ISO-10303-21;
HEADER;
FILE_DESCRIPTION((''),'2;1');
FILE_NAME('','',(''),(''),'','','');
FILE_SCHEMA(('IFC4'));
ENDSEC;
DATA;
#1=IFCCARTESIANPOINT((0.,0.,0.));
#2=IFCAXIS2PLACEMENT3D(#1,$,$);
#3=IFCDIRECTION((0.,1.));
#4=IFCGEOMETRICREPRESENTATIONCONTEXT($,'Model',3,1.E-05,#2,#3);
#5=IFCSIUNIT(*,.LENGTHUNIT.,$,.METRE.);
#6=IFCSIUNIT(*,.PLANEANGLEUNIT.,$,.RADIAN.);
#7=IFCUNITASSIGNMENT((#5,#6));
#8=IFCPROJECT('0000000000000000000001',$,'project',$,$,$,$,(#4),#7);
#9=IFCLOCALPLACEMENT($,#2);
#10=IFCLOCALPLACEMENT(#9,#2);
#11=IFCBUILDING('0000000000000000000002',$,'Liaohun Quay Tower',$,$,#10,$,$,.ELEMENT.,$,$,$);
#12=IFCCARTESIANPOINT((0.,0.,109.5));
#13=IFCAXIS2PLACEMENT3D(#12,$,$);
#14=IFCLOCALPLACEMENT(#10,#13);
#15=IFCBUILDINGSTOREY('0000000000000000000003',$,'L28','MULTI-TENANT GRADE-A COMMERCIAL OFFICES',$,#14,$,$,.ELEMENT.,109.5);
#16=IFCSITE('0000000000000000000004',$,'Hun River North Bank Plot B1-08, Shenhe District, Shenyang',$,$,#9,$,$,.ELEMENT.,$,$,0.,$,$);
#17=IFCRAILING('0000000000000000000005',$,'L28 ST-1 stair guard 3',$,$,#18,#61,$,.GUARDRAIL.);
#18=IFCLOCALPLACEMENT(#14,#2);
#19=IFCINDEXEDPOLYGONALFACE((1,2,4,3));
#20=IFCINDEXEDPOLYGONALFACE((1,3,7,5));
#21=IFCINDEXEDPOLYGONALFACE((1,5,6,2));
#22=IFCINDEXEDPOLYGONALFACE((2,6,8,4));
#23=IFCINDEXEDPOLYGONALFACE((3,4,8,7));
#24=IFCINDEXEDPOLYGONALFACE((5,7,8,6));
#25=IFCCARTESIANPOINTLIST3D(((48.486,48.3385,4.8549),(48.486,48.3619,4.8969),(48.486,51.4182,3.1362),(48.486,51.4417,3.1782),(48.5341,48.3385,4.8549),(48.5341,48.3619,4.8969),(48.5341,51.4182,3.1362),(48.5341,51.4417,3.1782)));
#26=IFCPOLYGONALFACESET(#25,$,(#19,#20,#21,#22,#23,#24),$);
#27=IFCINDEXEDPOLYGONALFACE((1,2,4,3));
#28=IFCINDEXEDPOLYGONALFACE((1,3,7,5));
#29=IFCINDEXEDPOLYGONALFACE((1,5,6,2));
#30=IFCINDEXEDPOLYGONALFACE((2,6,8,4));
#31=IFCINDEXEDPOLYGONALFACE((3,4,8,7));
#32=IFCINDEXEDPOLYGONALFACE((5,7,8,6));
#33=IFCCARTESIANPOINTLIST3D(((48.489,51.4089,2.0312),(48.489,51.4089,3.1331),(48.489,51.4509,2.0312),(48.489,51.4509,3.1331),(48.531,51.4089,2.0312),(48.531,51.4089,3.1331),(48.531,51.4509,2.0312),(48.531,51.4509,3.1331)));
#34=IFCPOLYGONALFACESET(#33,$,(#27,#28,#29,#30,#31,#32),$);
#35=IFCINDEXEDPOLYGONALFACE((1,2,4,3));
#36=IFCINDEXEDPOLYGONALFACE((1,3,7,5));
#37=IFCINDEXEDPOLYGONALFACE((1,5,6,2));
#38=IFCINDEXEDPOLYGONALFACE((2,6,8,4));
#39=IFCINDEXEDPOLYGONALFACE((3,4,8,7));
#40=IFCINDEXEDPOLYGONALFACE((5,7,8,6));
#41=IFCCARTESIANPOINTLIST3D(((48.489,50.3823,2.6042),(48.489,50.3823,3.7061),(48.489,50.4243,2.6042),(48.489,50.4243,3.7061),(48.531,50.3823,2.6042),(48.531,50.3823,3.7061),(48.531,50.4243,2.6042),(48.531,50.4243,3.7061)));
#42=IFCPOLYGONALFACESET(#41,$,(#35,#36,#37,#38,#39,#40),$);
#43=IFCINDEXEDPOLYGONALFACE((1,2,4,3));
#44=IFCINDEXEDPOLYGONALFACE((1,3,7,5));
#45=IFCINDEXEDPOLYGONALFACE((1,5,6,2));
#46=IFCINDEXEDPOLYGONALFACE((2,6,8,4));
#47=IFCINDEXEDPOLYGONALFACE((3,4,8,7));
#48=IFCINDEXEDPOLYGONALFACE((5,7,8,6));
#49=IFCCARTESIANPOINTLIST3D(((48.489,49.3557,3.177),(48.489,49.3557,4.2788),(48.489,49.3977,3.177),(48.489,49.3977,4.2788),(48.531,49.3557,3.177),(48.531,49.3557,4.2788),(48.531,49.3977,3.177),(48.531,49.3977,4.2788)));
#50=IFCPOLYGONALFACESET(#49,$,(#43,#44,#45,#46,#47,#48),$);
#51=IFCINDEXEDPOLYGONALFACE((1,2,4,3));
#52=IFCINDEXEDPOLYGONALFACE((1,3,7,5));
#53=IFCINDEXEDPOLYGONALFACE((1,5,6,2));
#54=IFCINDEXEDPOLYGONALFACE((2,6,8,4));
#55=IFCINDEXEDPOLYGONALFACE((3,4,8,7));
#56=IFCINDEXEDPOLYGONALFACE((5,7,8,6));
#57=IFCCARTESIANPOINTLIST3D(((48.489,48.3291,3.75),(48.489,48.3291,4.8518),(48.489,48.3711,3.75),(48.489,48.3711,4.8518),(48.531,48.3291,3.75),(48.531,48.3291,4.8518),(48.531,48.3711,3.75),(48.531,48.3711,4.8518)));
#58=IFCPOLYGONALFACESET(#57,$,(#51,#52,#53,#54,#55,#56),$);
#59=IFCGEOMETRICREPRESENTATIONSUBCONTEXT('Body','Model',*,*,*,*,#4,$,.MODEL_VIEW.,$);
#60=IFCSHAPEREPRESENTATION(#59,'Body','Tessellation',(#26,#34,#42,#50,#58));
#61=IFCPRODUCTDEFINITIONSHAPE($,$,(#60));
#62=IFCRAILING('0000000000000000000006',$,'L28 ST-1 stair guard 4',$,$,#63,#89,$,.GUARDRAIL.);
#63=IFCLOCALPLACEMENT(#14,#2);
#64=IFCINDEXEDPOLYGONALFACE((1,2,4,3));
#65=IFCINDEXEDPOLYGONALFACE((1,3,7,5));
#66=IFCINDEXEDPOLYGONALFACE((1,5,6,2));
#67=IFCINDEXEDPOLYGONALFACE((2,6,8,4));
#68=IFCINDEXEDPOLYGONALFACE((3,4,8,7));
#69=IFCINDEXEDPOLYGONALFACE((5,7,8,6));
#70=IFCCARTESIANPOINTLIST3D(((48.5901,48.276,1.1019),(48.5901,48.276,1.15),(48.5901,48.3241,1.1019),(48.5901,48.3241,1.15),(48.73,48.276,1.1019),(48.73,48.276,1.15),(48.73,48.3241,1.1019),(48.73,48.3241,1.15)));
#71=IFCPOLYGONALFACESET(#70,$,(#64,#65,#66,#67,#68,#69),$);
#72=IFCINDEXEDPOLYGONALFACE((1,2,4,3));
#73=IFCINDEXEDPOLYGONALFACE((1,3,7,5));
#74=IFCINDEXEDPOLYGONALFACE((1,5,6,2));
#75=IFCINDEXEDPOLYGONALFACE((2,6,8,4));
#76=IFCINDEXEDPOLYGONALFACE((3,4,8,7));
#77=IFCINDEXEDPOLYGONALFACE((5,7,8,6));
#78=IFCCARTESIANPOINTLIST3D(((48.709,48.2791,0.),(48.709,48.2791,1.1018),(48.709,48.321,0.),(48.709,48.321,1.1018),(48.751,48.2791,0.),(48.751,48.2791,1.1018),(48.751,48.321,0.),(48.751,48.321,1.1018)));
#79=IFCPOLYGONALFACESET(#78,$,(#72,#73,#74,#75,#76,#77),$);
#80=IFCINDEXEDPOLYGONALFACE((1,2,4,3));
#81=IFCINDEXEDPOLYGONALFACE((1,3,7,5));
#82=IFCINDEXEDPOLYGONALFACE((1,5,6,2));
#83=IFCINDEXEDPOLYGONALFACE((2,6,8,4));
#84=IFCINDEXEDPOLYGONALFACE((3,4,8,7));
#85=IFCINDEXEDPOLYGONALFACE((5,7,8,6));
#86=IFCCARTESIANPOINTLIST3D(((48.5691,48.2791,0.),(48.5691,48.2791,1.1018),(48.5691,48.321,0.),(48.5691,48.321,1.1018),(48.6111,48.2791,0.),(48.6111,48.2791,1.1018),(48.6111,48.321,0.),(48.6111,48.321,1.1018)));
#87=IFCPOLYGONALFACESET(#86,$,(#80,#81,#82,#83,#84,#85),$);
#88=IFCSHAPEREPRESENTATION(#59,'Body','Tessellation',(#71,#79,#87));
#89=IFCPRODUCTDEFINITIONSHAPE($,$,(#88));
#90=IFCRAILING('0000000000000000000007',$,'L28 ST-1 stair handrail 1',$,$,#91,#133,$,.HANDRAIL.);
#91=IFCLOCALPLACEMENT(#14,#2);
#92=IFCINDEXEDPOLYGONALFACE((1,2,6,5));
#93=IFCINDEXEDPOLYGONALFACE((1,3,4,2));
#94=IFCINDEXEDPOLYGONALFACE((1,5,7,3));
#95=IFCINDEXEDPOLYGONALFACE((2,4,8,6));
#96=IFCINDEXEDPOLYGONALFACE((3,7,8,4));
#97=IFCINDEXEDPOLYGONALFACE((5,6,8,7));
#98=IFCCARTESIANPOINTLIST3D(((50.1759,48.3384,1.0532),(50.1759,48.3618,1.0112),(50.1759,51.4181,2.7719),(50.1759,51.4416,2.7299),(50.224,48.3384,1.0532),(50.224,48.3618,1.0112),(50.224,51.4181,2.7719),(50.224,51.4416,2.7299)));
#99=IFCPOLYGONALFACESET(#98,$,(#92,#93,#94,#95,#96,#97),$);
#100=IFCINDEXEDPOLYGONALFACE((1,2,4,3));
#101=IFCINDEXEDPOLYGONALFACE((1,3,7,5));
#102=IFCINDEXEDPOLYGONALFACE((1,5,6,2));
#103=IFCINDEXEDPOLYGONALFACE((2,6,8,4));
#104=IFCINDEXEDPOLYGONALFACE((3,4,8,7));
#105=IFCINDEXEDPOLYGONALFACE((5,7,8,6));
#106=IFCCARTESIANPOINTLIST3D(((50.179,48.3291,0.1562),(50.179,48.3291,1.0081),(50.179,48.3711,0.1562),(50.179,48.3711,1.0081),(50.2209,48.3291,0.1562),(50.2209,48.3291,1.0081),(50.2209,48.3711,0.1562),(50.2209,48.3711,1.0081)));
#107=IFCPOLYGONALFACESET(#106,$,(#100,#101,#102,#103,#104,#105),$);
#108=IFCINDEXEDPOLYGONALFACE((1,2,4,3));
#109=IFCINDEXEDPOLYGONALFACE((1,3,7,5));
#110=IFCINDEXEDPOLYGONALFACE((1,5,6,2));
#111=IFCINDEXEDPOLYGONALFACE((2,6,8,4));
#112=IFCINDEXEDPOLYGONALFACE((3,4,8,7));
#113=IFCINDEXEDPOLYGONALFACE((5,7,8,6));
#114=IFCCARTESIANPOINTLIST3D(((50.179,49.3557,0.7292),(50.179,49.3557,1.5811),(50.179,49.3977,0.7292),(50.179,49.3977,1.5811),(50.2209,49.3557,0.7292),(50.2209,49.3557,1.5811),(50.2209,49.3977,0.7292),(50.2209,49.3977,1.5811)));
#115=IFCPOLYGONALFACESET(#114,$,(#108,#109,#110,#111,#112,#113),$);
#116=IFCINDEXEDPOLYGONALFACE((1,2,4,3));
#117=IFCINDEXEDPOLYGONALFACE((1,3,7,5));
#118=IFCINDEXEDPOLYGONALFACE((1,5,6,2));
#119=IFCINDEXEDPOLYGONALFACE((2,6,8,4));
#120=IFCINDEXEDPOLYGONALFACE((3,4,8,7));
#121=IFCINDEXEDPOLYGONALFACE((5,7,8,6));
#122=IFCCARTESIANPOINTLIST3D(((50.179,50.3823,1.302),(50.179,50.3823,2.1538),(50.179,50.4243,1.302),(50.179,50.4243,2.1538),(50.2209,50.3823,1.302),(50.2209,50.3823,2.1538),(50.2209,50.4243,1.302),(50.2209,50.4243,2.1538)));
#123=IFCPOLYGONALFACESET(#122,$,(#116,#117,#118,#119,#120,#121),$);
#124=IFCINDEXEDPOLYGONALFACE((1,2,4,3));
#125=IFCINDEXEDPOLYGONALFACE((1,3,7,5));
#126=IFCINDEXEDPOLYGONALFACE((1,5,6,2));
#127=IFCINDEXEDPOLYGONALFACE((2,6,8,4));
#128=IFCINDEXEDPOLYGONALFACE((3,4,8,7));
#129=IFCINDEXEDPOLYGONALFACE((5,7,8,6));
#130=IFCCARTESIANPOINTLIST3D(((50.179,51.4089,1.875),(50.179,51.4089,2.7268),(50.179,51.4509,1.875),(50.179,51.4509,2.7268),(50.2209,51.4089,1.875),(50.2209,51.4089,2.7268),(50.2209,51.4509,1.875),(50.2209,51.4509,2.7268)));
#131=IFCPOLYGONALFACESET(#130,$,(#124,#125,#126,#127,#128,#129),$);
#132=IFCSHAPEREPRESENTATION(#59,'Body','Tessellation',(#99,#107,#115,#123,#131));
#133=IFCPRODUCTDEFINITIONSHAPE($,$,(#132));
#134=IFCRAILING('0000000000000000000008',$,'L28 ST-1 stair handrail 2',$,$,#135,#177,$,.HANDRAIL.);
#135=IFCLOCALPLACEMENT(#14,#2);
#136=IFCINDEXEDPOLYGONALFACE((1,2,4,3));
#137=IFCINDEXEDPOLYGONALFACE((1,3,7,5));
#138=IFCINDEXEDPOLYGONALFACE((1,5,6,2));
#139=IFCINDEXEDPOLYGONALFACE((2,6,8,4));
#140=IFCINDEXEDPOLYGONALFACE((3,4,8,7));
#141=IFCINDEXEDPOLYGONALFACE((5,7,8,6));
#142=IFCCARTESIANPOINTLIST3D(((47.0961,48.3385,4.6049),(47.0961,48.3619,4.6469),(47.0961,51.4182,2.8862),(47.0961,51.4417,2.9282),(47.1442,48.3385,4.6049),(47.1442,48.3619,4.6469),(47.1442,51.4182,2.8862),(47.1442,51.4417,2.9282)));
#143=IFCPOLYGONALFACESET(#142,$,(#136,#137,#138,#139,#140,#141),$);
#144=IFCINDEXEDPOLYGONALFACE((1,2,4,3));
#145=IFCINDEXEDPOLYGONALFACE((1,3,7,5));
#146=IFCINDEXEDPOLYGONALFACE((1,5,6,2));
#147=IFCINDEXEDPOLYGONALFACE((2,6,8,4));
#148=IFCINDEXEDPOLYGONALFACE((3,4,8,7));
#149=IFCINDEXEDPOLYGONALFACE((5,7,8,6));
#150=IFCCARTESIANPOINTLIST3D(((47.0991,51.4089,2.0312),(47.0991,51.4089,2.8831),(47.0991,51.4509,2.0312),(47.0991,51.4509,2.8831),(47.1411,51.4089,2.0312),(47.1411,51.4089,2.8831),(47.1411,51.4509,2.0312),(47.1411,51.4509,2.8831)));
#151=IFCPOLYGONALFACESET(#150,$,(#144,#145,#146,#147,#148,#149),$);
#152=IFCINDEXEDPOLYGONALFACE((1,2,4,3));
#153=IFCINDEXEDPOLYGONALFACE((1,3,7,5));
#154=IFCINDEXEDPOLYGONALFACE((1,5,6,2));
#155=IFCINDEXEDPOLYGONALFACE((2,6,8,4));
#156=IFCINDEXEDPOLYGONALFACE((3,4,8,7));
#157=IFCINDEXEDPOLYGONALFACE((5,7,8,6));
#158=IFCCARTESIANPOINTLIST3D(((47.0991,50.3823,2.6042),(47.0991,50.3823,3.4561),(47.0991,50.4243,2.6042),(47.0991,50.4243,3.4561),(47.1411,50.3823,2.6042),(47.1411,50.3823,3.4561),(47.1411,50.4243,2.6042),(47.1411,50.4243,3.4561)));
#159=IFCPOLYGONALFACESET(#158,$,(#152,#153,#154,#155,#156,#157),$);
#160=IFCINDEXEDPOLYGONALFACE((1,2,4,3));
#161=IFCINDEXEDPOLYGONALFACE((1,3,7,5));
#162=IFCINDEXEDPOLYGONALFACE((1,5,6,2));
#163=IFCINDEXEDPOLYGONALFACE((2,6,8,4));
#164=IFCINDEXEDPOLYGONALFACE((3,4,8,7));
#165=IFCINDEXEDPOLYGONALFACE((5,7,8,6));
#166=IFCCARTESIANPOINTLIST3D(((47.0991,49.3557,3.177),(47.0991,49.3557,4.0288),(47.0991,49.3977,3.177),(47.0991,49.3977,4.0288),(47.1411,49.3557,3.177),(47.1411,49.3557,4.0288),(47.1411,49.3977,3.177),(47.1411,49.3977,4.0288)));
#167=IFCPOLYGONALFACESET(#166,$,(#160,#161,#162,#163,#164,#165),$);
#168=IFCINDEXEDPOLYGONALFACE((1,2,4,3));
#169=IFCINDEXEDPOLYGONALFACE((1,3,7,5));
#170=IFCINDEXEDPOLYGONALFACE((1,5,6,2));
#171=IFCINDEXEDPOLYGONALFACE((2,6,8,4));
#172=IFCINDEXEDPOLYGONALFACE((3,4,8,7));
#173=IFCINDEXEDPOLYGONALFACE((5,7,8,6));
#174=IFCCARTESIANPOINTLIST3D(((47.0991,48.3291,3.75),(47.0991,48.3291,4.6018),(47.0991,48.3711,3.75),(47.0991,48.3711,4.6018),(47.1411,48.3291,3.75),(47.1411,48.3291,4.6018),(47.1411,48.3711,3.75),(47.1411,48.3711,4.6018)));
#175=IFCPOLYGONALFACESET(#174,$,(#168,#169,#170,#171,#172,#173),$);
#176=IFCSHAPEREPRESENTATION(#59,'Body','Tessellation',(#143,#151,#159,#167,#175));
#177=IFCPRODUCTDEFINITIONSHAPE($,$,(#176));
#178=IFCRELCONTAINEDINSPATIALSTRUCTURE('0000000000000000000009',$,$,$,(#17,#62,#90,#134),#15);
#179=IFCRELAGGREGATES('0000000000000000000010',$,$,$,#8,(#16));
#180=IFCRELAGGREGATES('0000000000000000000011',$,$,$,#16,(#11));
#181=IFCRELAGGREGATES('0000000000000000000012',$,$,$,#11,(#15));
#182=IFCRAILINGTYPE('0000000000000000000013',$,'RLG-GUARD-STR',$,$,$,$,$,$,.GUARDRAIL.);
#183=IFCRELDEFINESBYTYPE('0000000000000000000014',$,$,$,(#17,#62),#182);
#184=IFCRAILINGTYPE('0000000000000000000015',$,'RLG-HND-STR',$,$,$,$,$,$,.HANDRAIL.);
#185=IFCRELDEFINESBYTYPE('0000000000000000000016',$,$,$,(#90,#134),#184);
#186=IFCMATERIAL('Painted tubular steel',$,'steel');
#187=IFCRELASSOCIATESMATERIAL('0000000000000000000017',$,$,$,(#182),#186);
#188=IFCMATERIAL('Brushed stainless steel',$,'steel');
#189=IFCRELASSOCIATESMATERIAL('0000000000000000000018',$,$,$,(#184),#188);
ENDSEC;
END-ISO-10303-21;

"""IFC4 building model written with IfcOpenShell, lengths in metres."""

from ifc_helpers import new_model, si_unit, direction, frame, origin, origin_2d, place, context, subcontext, project, spatial, rectangle, extrude, material, type_object, element, save


model = new_model("IFC4")

# Units and contexts
model_context = context("Model", 3, precision=1e-05, world=origin(), true_north=direction((0.0, 1.0)))
body_context = subcontext(model_context, "Body", "Model", "MODEL_VIEW")
ifc_project = project(units=[si_unit("LENGTHUNIT", "METRE"), si_unit("PLANEANGLEUNIT", "RADIAN")], contexts=[model_context])

# Site, building, storey
site_placement = place(None, origin())
site = spatial("IfcSite", under=ifc_project, at=site_placement, Name="Hun River North Bank Plot B1-08, Shenhe District, Shenyang", CompositionType="ELEMENT", RefElevation=0.0)
building_placement = place(site_placement, origin())
building = spatial("IfcBuilding", under=site, at=building_placement, Name="Liaohun Quay Tower", CompositionType="ELEMENT")
storey_placement = place(building_placement, frame((0.0, 0.0, 109.5)))
storey = spatial("IfcBuildingStorey", under=building, at=storey_placement, Name="L28", Description="MULTI-TENANT GRADE-A COMMERCIAL OFFICES", CompositionType="ELEMENT", Elevation=109.5)

# Railings
ifc_material_1 = material(Name="Painted tubular steel", Category="steel")
railing_type_1 = type_object("IfcRailingType", Name="RLG-GUARD-STR", PredefinedType="GUARDRAIL", material=ifc_material_1)
railing_1_placement = place(storey_placement, frame((48.51, 51.4299, 2.0312)))
element("IfcRailing", 1, at=railing_1_placement, inside=storey, type_object=railing_type_1, Name="L28 ST-1 stair guard 3", PredefinedType="GUARDRAIL", context=body_context, shape_type="SweptSolid", body=[
    extrude(rectangle(XDim=0.0481, YDim=0.0481, at=origin_2d()), frame((0.0, 0.0, 1.126), z_axis=(0.0, -0.873225, 0.487317), x_axis=(1.0, 0.0, 0.0)), (0.0, 0.0, 1.0), 3.5269),
    extrude(rectangle(XDim=0.042, YDim=0.042, at=origin_2d()), origin(), (0.0, 0.0, 1.0), 1.1018),
    extrude(rectangle(XDim=0.042, YDim=0.042, at=origin_2d()), frame((0.0, -1.0266, 0.573)), (0.0, 0.0, 1.0), 1.1018),
    extrude(rectangle(XDim=0.042, YDim=0.042, at=origin_2d()), frame((0.0, -2.0532, 1.1458)), (0.0, 0.0, 1.0), 1.1018),
    extrude(rectangle(XDim=0.042, YDim=0.042, at=origin_2d()), frame((0.0, -3.0798, 1.7188)), (0.0, 0.0, 1.0), 1.1018),
])
railing_2_placement = place(storey_placement, frame((48.73, 48.3, 0.0)))
element("IfcRailing", 2, at=railing_2_placement, inside=storey, type_object=railing_type_1, Name="L28 ST-1 stair guard 4", PredefinedType="GUARDRAIL", context=body_context, shape_type="SweptSolid", body=[
    extrude(rectangle(XDim=0.0481, YDim=0.0481, at=origin_2d()), frame((0.0, 0.0, 1.126), z_axis=(-1.0, 0.0, 0.0), x_axis=(0.0, -1.0, 0.0)), (0.0, 0.0, 1.0), 0.1399),
    extrude(rectangle(XDim=0.042, YDim=0.042, at=origin_2d()), origin(), (0.0, 0.0, 1.0), 1.1018),
    extrude(rectangle(XDim=0.042, YDim=0.042, at=origin_2d()), frame((-0.1399, 0.0, 0.0)), (0.0, 0.0, 1.0), 1.1018),
])
ifc_material_2 = material(Name="Brushed stainless steel", Category="steel")
railing_type_2 = type_object("IfcRailingType", Name="RLG-HND-STR", PredefinedType="HANDRAIL", material=ifc_material_2)
railing_3_placement = place(storey_placement, frame((50.2, 48.3501, 0.1562)))
element("IfcRailing", 3, at=railing_3_placement, inside=storey, type_object=railing_type_2, Name="L28 ST-1 stair handrail 1", PredefinedType="HANDRAIL", context=body_context, shape_type="SweptSolid", body=[
    extrude(rectangle(XDim=0.0481, YDim=0.0481, at=origin_2d()), frame((0.0, 0.0, 0.876), z_axis=(0.0, 0.873225, 0.487317), x_axis=(-1.0, 0.0, 0.0)), (0.0, 0.0, 1.0), 3.5269),
    extrude(rectangle(XDim=0.042, YDim=0.042, at=origin_2d()), origin(), (0.0, 0.0, 1.0), 0.8518),
    extrude(rectangle(XDim=0.042, YDim=0.042, at=origin_2d()), frame((0.0, 1.0266, 0.573)), (0.0, 0.0, 1.0), 0.8518),
    extrude(rectangle(XDim=0.042, YDim=0.042, at=origin_2d()), frame((0.0, 2.0532, 1.1458)), (0.0, 0.0, 1.0), 0.8518),
    extrude(rectangle(XDim=0.042, YDim=0.042, at=origin_2d()), frame((0.0, 3.0798, 1.7188)), (0.0, 0.0, 1.0), 0.8518),
])
railing_4_placement = place(storey_placement, frame((47.1201, 51.4299, 2.0312)))
element("IfcRailing", 4, at=railing_4_placement, inside=storey, type_object=railing_type_2, Name="L28 ST-1 stair handrail 2", PredefinedType="HANDRAIL", context=body_context, shape_type="SweptSolid", body=[
    extrude(rectangle(XDim=0.0481, YDim=0.0481, at=origin_2d()), frame((0.0, 0.0, 0.876), z_axis=(0.0, -0.873225, 0.487317), x_axis=(1.0, 0.0, 0.0)), (0.0, 0.0, 1.0), 3.5269),
    extrude(rectangle(XDim=0.042, YDim=0.042, at=origin_2d()), origin(), (0.0, 0.0, 1.0), 0.8518),
    extrude(rectangle(XDim=0.042, YDim=0.042, at=origin_2d()), frame((0.0, -1.0266, 0.573)), (0.0, 0.0, 1.0), 0.8518),
    extrude(rectangle(XDim=0.042, YDim=0.042, at=origin_2d()), frame((0.0, -2.0532, 1.1458)), (0.0, 0.0, 1.0), 0.8518),
    extrude(rectangle(XDim=0.042, YDim=0.042, at=origin_2d()), frame((0.0, -3.0798, 1.7188)), (0.0, 0.0, 1.0), 0.8518),
])

save(model, "model.ifc")
